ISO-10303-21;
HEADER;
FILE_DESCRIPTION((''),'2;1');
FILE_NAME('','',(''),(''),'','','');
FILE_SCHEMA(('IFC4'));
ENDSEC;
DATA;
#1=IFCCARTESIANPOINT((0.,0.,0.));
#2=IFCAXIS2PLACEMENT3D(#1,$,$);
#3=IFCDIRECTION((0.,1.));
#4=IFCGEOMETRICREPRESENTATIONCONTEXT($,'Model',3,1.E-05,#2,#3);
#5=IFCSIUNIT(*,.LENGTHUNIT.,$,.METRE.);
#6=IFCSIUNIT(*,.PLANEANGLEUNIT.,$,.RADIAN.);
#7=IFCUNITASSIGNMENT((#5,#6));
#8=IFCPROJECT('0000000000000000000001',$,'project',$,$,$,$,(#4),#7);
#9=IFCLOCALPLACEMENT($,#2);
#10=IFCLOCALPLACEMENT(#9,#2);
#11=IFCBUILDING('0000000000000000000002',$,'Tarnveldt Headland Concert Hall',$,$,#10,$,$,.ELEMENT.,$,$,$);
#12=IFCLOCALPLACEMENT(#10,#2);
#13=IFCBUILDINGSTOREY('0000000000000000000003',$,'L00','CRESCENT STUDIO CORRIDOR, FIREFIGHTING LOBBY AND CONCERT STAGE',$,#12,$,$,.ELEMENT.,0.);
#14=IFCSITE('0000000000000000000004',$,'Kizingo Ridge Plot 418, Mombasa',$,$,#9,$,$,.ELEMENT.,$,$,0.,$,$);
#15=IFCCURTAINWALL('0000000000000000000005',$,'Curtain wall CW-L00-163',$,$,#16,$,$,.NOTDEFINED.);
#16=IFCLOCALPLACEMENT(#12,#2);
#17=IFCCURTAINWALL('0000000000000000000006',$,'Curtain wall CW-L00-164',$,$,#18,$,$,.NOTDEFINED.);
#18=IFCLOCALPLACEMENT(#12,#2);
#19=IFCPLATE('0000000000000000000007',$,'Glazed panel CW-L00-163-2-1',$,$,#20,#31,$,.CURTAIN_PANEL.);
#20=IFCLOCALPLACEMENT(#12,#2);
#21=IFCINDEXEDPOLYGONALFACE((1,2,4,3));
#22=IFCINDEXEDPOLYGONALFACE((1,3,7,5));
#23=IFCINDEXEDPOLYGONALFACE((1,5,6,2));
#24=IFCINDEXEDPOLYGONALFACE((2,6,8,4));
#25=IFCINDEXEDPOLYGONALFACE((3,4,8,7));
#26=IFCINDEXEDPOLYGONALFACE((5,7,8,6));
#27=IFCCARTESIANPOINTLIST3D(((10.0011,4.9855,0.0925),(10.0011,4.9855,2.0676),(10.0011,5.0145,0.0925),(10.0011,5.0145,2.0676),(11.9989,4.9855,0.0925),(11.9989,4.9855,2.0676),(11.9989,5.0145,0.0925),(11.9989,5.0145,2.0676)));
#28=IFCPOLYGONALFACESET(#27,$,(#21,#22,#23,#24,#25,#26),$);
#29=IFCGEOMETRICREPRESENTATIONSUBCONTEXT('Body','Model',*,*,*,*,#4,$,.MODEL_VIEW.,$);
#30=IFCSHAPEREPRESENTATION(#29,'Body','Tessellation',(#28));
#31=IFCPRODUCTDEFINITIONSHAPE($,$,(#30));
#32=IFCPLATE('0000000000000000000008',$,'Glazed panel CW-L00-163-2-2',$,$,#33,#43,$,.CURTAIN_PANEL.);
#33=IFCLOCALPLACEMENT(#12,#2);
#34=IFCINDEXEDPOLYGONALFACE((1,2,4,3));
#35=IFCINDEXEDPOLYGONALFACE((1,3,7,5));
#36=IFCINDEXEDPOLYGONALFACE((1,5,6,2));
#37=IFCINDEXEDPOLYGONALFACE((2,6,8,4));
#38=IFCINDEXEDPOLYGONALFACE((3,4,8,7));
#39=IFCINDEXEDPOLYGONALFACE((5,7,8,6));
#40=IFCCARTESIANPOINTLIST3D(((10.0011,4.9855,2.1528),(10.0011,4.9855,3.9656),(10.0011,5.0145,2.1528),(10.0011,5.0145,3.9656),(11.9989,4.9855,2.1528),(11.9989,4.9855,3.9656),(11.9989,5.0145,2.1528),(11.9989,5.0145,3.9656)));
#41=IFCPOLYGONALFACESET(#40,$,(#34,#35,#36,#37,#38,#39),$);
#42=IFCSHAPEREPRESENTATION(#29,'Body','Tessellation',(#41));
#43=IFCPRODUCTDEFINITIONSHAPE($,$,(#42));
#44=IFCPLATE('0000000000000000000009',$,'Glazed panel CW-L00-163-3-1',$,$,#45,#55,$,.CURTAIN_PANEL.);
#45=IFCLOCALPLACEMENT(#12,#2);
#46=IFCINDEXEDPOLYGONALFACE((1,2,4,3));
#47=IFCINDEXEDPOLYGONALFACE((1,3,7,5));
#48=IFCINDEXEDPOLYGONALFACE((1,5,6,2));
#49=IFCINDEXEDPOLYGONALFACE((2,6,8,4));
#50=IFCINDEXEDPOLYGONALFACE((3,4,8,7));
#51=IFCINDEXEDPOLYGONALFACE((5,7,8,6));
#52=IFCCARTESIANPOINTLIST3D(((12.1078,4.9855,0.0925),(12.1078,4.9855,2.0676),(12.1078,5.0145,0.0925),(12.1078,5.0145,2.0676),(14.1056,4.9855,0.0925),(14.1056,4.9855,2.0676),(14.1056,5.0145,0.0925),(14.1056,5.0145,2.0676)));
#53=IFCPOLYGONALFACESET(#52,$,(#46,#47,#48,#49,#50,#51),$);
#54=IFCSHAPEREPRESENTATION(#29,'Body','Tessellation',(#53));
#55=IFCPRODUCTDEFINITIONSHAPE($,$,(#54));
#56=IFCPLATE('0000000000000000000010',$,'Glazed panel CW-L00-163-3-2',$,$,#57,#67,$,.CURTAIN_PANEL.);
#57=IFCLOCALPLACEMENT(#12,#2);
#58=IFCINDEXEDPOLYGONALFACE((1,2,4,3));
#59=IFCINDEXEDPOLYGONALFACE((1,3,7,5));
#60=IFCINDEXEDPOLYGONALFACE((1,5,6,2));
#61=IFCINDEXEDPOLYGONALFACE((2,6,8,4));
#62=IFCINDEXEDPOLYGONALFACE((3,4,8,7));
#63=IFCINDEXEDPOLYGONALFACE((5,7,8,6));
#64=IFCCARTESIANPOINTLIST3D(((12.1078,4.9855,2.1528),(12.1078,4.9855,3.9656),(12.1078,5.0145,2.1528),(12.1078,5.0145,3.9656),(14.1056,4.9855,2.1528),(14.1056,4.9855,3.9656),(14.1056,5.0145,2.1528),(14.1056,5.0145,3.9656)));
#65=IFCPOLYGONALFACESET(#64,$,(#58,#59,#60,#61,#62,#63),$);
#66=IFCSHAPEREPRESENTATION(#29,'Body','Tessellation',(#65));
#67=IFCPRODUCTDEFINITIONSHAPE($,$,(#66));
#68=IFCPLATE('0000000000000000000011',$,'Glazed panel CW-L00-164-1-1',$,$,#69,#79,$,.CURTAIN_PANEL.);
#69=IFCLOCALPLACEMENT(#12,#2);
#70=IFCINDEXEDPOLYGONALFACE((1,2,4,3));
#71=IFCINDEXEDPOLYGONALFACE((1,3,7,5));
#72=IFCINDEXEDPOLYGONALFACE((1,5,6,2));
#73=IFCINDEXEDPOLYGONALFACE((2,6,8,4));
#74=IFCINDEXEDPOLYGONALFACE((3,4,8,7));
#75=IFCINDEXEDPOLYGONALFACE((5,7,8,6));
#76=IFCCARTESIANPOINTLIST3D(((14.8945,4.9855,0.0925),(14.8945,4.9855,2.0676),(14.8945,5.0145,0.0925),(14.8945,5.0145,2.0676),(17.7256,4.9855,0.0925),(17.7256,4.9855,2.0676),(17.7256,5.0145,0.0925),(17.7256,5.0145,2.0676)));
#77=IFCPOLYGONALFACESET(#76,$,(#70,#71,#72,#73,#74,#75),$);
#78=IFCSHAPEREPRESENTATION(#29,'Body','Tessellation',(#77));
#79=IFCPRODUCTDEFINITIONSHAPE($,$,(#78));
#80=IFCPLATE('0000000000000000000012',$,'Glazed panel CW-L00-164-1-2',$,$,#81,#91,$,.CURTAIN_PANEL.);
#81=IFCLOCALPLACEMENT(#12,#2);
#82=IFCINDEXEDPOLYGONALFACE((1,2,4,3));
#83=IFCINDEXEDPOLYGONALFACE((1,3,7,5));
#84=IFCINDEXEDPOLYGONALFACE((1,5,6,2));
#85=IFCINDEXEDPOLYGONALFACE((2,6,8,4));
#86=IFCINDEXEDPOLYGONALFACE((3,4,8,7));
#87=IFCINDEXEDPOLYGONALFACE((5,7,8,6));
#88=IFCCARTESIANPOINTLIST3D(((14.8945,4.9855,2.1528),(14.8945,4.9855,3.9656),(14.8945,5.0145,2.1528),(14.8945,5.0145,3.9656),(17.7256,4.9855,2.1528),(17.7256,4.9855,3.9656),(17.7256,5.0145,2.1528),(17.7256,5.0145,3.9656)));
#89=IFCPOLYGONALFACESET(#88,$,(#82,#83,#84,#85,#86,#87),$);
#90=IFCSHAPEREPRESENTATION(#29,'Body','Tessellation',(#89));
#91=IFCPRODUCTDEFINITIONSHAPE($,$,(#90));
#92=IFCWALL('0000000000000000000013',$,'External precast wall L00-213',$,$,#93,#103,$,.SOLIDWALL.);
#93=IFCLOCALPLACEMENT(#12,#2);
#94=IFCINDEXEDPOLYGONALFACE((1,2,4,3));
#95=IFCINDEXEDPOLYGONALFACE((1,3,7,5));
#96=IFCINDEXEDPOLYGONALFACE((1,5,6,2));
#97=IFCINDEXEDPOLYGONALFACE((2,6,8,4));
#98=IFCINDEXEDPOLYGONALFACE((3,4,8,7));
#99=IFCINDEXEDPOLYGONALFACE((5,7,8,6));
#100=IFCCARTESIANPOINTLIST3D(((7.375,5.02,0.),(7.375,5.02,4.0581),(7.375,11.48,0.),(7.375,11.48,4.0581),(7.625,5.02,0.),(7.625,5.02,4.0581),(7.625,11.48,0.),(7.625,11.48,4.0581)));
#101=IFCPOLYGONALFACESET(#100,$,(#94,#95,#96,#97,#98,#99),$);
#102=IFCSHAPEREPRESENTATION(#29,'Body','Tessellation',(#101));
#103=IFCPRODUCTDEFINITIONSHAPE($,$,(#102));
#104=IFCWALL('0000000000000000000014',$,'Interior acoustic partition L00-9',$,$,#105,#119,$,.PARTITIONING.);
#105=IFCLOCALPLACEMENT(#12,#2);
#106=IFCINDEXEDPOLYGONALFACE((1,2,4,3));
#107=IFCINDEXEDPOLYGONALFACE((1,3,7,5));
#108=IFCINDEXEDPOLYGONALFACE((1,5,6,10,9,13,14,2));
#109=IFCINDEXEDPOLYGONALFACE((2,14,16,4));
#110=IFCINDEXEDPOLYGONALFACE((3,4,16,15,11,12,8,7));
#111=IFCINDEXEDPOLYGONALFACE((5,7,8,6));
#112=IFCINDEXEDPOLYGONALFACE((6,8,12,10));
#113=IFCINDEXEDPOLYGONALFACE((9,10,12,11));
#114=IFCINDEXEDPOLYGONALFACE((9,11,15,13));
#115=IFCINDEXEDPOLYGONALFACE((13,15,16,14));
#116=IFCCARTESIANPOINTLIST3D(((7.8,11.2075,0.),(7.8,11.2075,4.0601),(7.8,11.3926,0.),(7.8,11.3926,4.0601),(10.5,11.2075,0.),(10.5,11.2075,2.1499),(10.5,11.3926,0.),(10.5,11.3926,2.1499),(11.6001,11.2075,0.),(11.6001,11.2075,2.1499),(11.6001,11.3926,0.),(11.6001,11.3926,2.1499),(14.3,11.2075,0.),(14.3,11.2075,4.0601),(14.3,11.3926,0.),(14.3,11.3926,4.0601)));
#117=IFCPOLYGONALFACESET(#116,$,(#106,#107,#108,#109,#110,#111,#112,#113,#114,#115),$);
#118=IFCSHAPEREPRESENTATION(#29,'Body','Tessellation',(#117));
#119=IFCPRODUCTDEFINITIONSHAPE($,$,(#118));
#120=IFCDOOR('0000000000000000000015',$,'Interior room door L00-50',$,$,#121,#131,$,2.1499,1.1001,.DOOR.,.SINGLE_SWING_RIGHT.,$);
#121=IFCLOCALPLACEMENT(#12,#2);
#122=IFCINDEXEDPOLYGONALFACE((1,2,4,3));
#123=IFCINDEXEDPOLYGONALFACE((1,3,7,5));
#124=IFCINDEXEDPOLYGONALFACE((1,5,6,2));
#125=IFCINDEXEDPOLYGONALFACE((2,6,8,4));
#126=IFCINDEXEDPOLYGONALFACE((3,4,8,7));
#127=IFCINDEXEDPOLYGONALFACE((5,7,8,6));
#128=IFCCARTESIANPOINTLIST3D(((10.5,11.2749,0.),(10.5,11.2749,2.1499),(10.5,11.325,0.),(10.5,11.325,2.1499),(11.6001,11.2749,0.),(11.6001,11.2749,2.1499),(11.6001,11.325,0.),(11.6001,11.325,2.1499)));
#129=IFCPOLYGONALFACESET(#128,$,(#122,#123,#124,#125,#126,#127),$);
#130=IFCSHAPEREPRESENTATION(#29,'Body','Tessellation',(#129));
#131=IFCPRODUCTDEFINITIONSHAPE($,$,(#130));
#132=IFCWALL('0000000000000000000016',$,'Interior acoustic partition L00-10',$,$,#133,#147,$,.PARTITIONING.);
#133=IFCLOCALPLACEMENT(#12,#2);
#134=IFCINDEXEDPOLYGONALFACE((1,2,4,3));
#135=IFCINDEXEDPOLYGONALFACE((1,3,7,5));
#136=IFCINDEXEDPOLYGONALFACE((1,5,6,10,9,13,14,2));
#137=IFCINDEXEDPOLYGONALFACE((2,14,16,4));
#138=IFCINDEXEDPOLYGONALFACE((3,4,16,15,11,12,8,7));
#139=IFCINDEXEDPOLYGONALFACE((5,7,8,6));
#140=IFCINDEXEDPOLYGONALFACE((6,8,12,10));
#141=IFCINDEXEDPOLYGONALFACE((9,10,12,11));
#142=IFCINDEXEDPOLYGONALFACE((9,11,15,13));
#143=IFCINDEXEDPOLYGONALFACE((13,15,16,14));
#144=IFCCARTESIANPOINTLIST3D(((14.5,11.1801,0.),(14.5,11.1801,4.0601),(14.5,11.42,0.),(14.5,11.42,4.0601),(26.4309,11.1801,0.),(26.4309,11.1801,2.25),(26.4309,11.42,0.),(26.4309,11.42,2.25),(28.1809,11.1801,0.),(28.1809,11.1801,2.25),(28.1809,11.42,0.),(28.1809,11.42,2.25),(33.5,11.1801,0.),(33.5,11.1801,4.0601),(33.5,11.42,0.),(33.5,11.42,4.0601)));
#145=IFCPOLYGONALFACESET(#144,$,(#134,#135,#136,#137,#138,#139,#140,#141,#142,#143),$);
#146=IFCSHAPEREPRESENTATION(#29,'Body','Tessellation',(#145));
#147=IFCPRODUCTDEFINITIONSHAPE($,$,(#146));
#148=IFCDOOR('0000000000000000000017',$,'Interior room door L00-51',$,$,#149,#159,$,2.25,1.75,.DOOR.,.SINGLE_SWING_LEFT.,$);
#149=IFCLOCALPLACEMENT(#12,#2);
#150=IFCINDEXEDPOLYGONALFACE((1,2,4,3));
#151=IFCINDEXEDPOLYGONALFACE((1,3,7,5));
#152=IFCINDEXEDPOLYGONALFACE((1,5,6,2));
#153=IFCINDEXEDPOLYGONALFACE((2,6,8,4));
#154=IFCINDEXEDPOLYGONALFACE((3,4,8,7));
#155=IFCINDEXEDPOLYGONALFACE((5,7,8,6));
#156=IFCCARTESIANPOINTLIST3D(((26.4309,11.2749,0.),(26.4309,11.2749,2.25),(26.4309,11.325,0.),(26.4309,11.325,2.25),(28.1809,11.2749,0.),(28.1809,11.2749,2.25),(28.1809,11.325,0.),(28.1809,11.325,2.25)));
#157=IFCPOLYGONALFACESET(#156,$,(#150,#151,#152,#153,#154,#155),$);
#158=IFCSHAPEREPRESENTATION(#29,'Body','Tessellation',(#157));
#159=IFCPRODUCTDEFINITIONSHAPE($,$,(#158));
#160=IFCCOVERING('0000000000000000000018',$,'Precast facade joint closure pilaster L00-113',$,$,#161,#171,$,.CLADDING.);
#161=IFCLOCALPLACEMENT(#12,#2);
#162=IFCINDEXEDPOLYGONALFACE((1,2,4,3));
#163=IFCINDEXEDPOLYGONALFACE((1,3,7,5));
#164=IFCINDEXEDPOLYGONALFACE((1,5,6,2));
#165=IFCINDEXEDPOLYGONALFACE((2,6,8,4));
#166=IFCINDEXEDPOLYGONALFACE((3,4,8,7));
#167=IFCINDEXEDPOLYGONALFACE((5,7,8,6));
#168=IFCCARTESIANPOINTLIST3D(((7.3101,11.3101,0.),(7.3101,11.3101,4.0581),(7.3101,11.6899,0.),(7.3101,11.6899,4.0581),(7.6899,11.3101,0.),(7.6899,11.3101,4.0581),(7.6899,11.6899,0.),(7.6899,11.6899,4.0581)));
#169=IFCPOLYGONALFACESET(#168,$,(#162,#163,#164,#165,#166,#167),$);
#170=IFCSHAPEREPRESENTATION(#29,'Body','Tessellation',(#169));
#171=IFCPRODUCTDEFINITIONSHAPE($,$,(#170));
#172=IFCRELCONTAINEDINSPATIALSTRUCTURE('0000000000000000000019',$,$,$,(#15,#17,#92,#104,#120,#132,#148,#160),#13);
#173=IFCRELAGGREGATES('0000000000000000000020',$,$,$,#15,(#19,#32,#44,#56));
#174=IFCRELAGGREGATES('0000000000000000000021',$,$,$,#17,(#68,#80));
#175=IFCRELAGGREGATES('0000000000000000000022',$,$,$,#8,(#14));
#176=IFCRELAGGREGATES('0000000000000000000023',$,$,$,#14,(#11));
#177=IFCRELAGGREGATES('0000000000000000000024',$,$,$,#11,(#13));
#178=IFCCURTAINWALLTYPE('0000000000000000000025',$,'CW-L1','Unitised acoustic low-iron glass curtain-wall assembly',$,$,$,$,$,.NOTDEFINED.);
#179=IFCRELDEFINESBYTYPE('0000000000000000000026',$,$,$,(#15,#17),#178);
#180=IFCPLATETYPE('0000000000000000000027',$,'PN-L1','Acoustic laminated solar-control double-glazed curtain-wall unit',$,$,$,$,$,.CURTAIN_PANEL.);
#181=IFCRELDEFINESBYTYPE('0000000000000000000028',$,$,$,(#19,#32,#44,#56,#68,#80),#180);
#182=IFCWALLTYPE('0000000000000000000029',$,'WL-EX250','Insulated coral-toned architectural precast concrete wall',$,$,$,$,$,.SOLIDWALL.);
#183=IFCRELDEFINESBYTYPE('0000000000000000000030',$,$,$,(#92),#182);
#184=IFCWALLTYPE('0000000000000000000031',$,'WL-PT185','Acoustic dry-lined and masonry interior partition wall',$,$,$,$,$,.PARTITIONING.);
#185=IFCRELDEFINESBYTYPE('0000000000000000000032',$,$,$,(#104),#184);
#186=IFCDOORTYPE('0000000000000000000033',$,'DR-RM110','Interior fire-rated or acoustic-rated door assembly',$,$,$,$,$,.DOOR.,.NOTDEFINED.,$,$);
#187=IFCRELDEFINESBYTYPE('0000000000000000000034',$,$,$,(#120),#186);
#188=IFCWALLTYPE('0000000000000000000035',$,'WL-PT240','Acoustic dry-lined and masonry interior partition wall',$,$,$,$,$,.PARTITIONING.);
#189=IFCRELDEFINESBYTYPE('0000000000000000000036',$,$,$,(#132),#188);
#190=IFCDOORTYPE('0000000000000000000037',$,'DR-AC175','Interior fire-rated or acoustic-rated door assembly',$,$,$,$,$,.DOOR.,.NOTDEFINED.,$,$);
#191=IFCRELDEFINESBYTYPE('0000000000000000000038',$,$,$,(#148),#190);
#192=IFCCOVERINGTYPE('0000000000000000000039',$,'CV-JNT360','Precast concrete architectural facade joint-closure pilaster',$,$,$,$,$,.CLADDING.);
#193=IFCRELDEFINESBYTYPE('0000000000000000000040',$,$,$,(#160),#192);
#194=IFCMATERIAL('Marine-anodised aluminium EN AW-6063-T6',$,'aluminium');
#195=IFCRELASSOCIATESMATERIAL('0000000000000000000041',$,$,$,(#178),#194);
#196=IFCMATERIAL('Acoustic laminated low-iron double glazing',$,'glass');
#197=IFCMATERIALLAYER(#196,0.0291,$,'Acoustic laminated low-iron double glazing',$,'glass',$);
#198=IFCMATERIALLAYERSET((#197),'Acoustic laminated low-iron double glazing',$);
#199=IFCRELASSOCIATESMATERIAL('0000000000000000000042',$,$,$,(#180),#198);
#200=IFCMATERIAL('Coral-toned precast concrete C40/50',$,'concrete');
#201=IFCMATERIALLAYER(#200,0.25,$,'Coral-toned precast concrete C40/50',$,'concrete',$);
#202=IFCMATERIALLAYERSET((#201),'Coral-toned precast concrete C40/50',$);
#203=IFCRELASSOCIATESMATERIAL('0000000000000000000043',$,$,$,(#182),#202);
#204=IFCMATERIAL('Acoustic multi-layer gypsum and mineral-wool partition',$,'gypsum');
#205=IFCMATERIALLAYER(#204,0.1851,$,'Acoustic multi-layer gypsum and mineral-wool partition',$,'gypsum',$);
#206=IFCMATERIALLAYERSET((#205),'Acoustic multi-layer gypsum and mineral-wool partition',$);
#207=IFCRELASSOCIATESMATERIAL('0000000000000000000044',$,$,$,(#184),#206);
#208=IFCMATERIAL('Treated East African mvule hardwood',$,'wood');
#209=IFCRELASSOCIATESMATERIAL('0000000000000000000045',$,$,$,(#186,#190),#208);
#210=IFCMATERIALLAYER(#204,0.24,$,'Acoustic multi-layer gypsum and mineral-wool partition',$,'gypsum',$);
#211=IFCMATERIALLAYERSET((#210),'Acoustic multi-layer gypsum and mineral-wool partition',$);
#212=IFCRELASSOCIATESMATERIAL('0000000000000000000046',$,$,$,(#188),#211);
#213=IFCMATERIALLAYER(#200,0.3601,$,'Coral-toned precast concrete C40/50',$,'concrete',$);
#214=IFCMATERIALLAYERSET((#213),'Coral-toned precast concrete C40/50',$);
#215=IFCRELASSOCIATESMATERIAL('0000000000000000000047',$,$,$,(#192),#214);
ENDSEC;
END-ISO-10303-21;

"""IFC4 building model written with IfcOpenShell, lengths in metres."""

from ifc_helpers import new_model, si_unit, direction, frame, frame_2d, origin, origin_2d, place, context, subcontext, project, spatial, rectangle, extrude, material, layer, layer_set, type_object, element, fill, aggregate, save


model = new_model("IFC4")

# Units and contexts
model_context = context("Model", 3, precision=1e-05, world=origin(), true_north=direction((0.0, 1.0)))
body_context = subcontext(model_context, "Body", "Model", "MODEL_VIEW")
ifc_project = project(units=[si_unit("LENGTHUNIT", "METRE"), si_unit("PLANEANGLEUNIT", "RADIAN")], contexts=[model_context])

# Site, building, storey
site_placement = place(None, origin())
site = spatial("IfcSite", under=ifc_project, at=site_placement, Name="Kizingo Ridge Plot 418, Mombasa", CompositionType="ELEMENT", RefElevation=0.0)
building_placement = place(site_placement, origin())
building = spatial("IfcBuilding", under=site, at=building_placement, Name="Tarnveldt Headland Concert Hall", CompositionType="ELEMENT")
storey_placement = place(building_placement, origin())
storey = spatial("IfcBuildingStorey", under=building, at=storey_placement, Name="L00", Description="CRESCENT STUDIO CORRIDOR, FIREFIGHTING LOBBY AND CONCERT STAGE", CompositionType="ELEMENT", Elevation=0.0)

# Curtain walls
ifc_material_1 = material(Name="Marine-anodised aluminium EN AW-6063-T6", Category="aluminium")
curtain_wall_type = type_object("IfcCurtainWallType", Name="CW-L1", Description="Unitised acoustic low-iron glass curtain-wall assembly", PredefinedType="NOTDEFINED", material=ifc_material_1)
curtain_wall_1_placement = place(storey_placement, origin())
curtain_wall_1 = element("IfcCurtainWall", 1, at=curtain_wall_1_placement, inside=storey, type_object=curtain_wall_type, Name="Curtain wall CW-L00-163", PredefinedType="NOTDEFINED")
curtain_wall_2_placement = place(storey_placement, origin())
curtain_wall_2 = element("IfcCurtainWall", 2, at=curtain_wall_2_placement, inside=storey, type_object=curtain_wall_type, Name="Curtain wall CW-L00-164", PredefinedType="NOTDEFINED")

# Plates
ifc_material_2 = material(Name="Acoustic laminated low-iron double glazing", Category="glass")
ifc_layer_1 = layer(ifc_material_2, 0.0291, Name="Acoustic laminated low-iron double glazing", Category="glass")
ifc_layer_set_1 = layer_set([ifc_layer_1], Name="Acoustic laminated low-iron double glazing")
plate_type = type_object("IfcPlateType", Name="PN-L1", Description="Acoustic laminated solar-control double-glazed curtain-wall unit", PredefinedType="CURTAIN_PANEL", material=ifc_layer_set_1)
plate_1_placement = place(storey_placement, frame((11.0, 5.0, 0.0925), z_axis=(0.0, 0.0, 1.0), x_axis=(1.0, 0.0, 0.0)))
plate_1 = element("IfcPlate", 3, at=plate_1_placement, type_object=plate_type, Name="Glazed panel CW-L00-163-2-1", PredefinedType="CURTAIN_PANEL", context=body_context, shape_type="SweptSolid", body=[
    extrude(rectangle(XDim=1.9978, YDim=0.0291, at=origin_2d()), origin(), (0.0, 0.0, 1.0), 1.9751),
])
plate_2_placement = place(storey_placement, frame((11.0, 5.0, 2.1528), z_axis=(0.0, 0.0, 1.0), x_axis=(1.0, 0.0, 0.0)))
plate_2 = element("IfcPlate", 4, at=plate_2_placement, type_object=plate_type, Name="Glazed panel CW-L00-163-2-2", PredefinedType="CURTAIN_PANEL", context=body_context, shape_type="SweptSolid", body=[
    extrude(rectangle(XDim=1.9978, YDim=0.0291, at=origin_2d()), origin(), (0.0, 0.0, 1.0), 1.8127),
])
plate_3_placement = place(storey_placement, frame((13.1067, 5.0, 0.0925), z_axis=(0.0, 0.0, 1.0), x_axis=(1.0, 0.0, 0.0)))
plate_3 = element("IfcPlate", 5, at=plate_3_placement, type_object=plate_type, Name="Glazed panel CW-L00-163-3-1", PredefinedType="CURTAIN_PANEL", context=body_context, shape_type="SweptSolid", body=[
    extrude(rectangle(XDim=1.9978, YDim=0.0291, at=origin_2d()), origin(), (0.0, 0.0, 1.0), 1.9751),
])
plate_4_placement = place(storey_placement, frame((13.1067, 5.0, 2.1528), z_axis=(0.0, 0.0, 1.0), x_axis=(1.0, 0.0, 0.0)))
plate_4 = element("IfcPlate", 6, at=plate_4_placement, type_object=plate_type, Name="Glazed panel CW-L00-163-3-2", PredefinedType="CURTAIN_PANEL", context=body_context, shape_type="SweptSolid", body=[
    extrude(rectangle(XDim=1.9978, YDim=0.0291, at=origin_2d()), origin(), (0.0, 0.0, 1.0), 1.8127),
])
aggregate(curtain_wall_1, [plate_1, plate_2, plate_3, plate_4])
plate_5_placement = place(storey_placement, frame((16.3101, 5.0, 0.0925), z_axis=(0.0, 0.0, 1.0), x_axis=(1.0, 0.0, 0.0)))
plate_5 = element("IfcPlate", 7, at=plate_5_placement, type_object=plate_type, Name="Glazed panel CW-L00-164-1-1", PredefinedType="CURTAIN_PANEL", context=body_context, shape_type="SweptSolid", body=[
    extrude(rectangle(XDim=2.8311, YDim=0.0291, at=origin_2d()), origin(), (0.0, 0.0, 1.0), 1.9751),
])
plate_6_placement = place(storey_placement, frame((16.3101, 5.0, 2.1528), z_axis=(0.0, 0.0, 1.0), x_axis=(1.0, 0.0, 0.0)))
plate_6 = element("IfcPlate", 8, at=plate_6_placement, type_object=plate_type, Name="Glazed panel CW-L00-164-1-2", PredefinedType="CURTAIN_PANEL", context=body_context, shape_type="SweptSolid", body=[
    extrude(rectangle(XDim=2.8311, YDim=0.0291, at=origin_2d()), origin(), (0.0, 0.0, 1.0), 1.8127),
])
aggregate(curtain_wall_2, [plate_5, plate_6])

# Wall
ifc_material_3 = material(Name="Coral-toned precast concrete C40/50", Category="concrete")
ifc_layer_2 = layer(ifc_material_3, 0.25, Name="Coral-toned precast concrete C40/50", Category="concrete")
ifc_layer_set_2 = layer_set([ifc_layer_2], Name="Coral-toned precast concrete C40/50")
wall_type_1 = type_object("IfcWallType", Name="WL-EX250", Description="Insulated coral-toned architectural precast concrete wall", PredefinedType="SOLIDWALL", material=ifc_layer_set_2)
wall_1_placement = place(storey_placement, frame((7.5, 5.02, 0.0), z_axis=(0.0, 0.0, 1.0), x_axis=(0.0, 1.0, 0.0)))
element("IfcWall", 9, at=wall_1_placement, inside=storey, type_object=wall_type_1, Name="External precast wall L00-213", PredefinedType="SOLIDWALL", context=body_context, shape_type="SweptSolid", body=[
    extrude(rectangle(XDim=6.46, YDim=0.25, at=frame_2d((3.23, 0.0))), origin(), (0.0, 0.0, 1.0), 4.0581),
])

# Walls, openings, doors
ifc_material_4 = material(Name="Acoustic multi-layer gypsum and mineral-wool partition", Category="gypsum")
ifc_layer_3 = layer(ifc_material_4, 0.1851, Name="Acoustic multi-layer gypsum and mineral-wool partition", Category="gypsum")
ifc_layer_set_3 = layer_set([ifc_layer_3], Name="Acoustic multi-layer gypsum and mineral-wool partition")
wall_type_2 = type_object("IfcWallType", Name="WL-PT185", Description="Acoustic dry-lined and masonry interior partition wall", PredefinedType="PARTITIONING", material=ifc_layer_set_3)
wall_2_placement = place(storey_placement, frame((7.8, 11.3, 0.0), z_axis=(0.0, 0.0, 1.0), x_axis=(1.0, 0.0, 0.0)))
wall_2 = element("IfcWall", 10, at=wall_2_placement, inside=storey, type_object=wall_type_2, Name="Interior acoustic partition L00-9", PredefinedType="PARTITIONING", context=body_context, shape_type="SweptSolid", body=[
    extrude(rectangle(XDim=6.5, YDim=0.1851, at=frame_2d((3.25, 0.0))), origin(), (0.0, 0.0, 1.0), 4.0601),
])
opening_1_placement = place(wall_2_placement, frame((2.7, 0.0, 0.0)))
opening_1 = element("IfcOpeningElement", 11, at=opening_1_placement, cuts=wall_2, PredefinedType="OPENING", context=body_context, shape_type="SweptSolid", body=[
    extrude(rectangle(XDim=1.1001, YDim=2.1499, at=frame_2d((0.55, 1.075))), frame((0.0, 0.1025, 0.0), z_axis=(0.0, -1.0, 0.0), x_axis=(1.0, 0.0, 0.0)), (0.0, 0.0, 1.0), 0.2051),
])
ifc_material_5 = material(Name="Treated East African mvule hardwood", Category="wood")
door_type_1 = type_object("IfcDoorType", Name="DR-RM110", Description="Interior fire-rated or acoustic-rated door assembly", OperationType="NOTDEFINED", PredefinedType="DOOR", material=ifc_material_5)
door_1_placement = place(opening_1_placement, origin())
door_1 = element("IfcDoor", 12, at=door_1_placement, inside=storey, type_object=door_type_1, Name="Interior room door L00-50", OperationType="SINGLE_SWING_RIGHT", OverallHeight=2.1499, OverallWidth=1.1001, PredefinedType="DOOR", context=body_context, shape_type="SweptSolid", body=[
    extrude(rectangle(XDim=1.1001, YDim=2.1499, at=frame_2d((0.55, 1.075))), frame((0.0, 0.0249, 0.0), z_axis=(0.0, -1.0, 0.0), x_axis=(1.0, 0.0, 0.0)), (0.0, 0.0, 1.0), 0.05),
])
fill(opening_1, door_1)
ifc_layer_4 = layer(ifc_material_4, 0.24, Name="Acoustic multi-layer gypsum and mineral-wool partition", Category="gypsum")
ifc_layer_set_4 = layer_set([ifc_layer_4], Name="Acoustic multi-layer gypsum and mineral-wool partition")
wall_type_3 = type_object("IfcWallType", Name="WL-PT240", Description="Acoustic dry-lined and masonry interior partition wall", PredefinedType="PARTITIONING", material=ifc_layer_set_4)
wall_3_placement = place(storey_placement, frame((14.5, 11.3, 0.0), z_axis=(0.0, 0.0, 1.0), x_axis=(1.0, 0.0, 0.0)))
wall_3 = element("IfcWall", 13, at=wall_3_placement, inside=storey, type_object=wall_type_3, Name="Interior acoustic partition L00-10", PredefinedType="PARTITIONING", context=body_context, shape_type="SweptSolid", body=[
    extrude(rectangle(XDim=19.0, YDim=0.24, at=frame_2d((9.5, 0.0))), origin(), (0.0, 0.0, 1.0), 4.0601),
])
opening_2_placement = place(wall_3_placement, frame((11.9309, 0.0, 0.0)))
opening_2 = element("IfcOpeningElement", 14, at=opening_2_placement, cuts=wall_3, PredefinedType="OPENING", context=body_context, shape_type="SweptSolid", body=[
    extrude(rectangle(XDim=1.75, YDim=2.25, at=frame_2d((0.875, 1.125))), frame((0.0, 0.1299, 0.0), z_axis=(0.0, -1.0, 0.0), x_axis=(1.0, 0.0, 0.0)), (0.0, 0.0, 1.0), 0.26),
])
door_type_2 = type_object("IfcDoorType", Name="DR-AC175", Description="Interior fire-rated or acoustic-rated door assembly", OperationType="NOTDEFINED", PredefinedType="DOOR", material=ifc_material_5)
door_2_placement = place(opening_2_placement, origin())
door_2 = element("IfcDoor", 15, at=door_2_placement, inside=storey, type_object=door_type_2, Name="Interior room door L00-51", OperationType="SINGLE_SWING_LEFT", OverallHeight=2.25, OverallWidth=1.75, PredefinedType="DOOR", context=body_context, shape_type="SweptSolid", body=[
    extrude(rectangle(XDim=1.75, YDim=2.25, at=frame_2d((0.875, 1.125))), frame((0.0, 0.0249, 0.0), z_axis=(0.0, -1.0, 0.0), x_axis=(1.0, 0.0, 0.0)), (0.0, 0.0, 1.0), 0.05),
])
fill(opening_2, door_2)

# Covering
ifc_layer_5 = layer(ifc_material_3, 0.3601, Name="Coral-toned precast concrete C40/50", Category="concrete")
ifc_layer_set_5 = layer_set([ifc_layer_5], Name="Coral-toned precast concrete C40/50")
covering_type = type_object("IfcCoveringType", Name="CV-JNT360", Description="Precast concrete architectural facade joint-closure pilaster", PredefinedType="CLADDING", material=ifc_layer_set_5)
covering_placement = place(storey_placement, frame((7.5, 11.5, 0.0), z_axis=(0.0, 0.0, 1.0), x_axis=(0.0, 1.0, 0.0)))
element("IfcCovering", 16, at=covering_placement, inside=storey, type_object=covering_type, Name="Precast facade joint closure pilaster L00-113", PredefinedType="CLADDING", context=body_context, shape_type="SweptSolid", body=[
    extrude(rectangle(XDim=0.3799, YDim=0.3799, at=origin_2d()), origin(), (0.0, 0.0, 1.0), 4.0581),
])

save(model, "model.ifc")
